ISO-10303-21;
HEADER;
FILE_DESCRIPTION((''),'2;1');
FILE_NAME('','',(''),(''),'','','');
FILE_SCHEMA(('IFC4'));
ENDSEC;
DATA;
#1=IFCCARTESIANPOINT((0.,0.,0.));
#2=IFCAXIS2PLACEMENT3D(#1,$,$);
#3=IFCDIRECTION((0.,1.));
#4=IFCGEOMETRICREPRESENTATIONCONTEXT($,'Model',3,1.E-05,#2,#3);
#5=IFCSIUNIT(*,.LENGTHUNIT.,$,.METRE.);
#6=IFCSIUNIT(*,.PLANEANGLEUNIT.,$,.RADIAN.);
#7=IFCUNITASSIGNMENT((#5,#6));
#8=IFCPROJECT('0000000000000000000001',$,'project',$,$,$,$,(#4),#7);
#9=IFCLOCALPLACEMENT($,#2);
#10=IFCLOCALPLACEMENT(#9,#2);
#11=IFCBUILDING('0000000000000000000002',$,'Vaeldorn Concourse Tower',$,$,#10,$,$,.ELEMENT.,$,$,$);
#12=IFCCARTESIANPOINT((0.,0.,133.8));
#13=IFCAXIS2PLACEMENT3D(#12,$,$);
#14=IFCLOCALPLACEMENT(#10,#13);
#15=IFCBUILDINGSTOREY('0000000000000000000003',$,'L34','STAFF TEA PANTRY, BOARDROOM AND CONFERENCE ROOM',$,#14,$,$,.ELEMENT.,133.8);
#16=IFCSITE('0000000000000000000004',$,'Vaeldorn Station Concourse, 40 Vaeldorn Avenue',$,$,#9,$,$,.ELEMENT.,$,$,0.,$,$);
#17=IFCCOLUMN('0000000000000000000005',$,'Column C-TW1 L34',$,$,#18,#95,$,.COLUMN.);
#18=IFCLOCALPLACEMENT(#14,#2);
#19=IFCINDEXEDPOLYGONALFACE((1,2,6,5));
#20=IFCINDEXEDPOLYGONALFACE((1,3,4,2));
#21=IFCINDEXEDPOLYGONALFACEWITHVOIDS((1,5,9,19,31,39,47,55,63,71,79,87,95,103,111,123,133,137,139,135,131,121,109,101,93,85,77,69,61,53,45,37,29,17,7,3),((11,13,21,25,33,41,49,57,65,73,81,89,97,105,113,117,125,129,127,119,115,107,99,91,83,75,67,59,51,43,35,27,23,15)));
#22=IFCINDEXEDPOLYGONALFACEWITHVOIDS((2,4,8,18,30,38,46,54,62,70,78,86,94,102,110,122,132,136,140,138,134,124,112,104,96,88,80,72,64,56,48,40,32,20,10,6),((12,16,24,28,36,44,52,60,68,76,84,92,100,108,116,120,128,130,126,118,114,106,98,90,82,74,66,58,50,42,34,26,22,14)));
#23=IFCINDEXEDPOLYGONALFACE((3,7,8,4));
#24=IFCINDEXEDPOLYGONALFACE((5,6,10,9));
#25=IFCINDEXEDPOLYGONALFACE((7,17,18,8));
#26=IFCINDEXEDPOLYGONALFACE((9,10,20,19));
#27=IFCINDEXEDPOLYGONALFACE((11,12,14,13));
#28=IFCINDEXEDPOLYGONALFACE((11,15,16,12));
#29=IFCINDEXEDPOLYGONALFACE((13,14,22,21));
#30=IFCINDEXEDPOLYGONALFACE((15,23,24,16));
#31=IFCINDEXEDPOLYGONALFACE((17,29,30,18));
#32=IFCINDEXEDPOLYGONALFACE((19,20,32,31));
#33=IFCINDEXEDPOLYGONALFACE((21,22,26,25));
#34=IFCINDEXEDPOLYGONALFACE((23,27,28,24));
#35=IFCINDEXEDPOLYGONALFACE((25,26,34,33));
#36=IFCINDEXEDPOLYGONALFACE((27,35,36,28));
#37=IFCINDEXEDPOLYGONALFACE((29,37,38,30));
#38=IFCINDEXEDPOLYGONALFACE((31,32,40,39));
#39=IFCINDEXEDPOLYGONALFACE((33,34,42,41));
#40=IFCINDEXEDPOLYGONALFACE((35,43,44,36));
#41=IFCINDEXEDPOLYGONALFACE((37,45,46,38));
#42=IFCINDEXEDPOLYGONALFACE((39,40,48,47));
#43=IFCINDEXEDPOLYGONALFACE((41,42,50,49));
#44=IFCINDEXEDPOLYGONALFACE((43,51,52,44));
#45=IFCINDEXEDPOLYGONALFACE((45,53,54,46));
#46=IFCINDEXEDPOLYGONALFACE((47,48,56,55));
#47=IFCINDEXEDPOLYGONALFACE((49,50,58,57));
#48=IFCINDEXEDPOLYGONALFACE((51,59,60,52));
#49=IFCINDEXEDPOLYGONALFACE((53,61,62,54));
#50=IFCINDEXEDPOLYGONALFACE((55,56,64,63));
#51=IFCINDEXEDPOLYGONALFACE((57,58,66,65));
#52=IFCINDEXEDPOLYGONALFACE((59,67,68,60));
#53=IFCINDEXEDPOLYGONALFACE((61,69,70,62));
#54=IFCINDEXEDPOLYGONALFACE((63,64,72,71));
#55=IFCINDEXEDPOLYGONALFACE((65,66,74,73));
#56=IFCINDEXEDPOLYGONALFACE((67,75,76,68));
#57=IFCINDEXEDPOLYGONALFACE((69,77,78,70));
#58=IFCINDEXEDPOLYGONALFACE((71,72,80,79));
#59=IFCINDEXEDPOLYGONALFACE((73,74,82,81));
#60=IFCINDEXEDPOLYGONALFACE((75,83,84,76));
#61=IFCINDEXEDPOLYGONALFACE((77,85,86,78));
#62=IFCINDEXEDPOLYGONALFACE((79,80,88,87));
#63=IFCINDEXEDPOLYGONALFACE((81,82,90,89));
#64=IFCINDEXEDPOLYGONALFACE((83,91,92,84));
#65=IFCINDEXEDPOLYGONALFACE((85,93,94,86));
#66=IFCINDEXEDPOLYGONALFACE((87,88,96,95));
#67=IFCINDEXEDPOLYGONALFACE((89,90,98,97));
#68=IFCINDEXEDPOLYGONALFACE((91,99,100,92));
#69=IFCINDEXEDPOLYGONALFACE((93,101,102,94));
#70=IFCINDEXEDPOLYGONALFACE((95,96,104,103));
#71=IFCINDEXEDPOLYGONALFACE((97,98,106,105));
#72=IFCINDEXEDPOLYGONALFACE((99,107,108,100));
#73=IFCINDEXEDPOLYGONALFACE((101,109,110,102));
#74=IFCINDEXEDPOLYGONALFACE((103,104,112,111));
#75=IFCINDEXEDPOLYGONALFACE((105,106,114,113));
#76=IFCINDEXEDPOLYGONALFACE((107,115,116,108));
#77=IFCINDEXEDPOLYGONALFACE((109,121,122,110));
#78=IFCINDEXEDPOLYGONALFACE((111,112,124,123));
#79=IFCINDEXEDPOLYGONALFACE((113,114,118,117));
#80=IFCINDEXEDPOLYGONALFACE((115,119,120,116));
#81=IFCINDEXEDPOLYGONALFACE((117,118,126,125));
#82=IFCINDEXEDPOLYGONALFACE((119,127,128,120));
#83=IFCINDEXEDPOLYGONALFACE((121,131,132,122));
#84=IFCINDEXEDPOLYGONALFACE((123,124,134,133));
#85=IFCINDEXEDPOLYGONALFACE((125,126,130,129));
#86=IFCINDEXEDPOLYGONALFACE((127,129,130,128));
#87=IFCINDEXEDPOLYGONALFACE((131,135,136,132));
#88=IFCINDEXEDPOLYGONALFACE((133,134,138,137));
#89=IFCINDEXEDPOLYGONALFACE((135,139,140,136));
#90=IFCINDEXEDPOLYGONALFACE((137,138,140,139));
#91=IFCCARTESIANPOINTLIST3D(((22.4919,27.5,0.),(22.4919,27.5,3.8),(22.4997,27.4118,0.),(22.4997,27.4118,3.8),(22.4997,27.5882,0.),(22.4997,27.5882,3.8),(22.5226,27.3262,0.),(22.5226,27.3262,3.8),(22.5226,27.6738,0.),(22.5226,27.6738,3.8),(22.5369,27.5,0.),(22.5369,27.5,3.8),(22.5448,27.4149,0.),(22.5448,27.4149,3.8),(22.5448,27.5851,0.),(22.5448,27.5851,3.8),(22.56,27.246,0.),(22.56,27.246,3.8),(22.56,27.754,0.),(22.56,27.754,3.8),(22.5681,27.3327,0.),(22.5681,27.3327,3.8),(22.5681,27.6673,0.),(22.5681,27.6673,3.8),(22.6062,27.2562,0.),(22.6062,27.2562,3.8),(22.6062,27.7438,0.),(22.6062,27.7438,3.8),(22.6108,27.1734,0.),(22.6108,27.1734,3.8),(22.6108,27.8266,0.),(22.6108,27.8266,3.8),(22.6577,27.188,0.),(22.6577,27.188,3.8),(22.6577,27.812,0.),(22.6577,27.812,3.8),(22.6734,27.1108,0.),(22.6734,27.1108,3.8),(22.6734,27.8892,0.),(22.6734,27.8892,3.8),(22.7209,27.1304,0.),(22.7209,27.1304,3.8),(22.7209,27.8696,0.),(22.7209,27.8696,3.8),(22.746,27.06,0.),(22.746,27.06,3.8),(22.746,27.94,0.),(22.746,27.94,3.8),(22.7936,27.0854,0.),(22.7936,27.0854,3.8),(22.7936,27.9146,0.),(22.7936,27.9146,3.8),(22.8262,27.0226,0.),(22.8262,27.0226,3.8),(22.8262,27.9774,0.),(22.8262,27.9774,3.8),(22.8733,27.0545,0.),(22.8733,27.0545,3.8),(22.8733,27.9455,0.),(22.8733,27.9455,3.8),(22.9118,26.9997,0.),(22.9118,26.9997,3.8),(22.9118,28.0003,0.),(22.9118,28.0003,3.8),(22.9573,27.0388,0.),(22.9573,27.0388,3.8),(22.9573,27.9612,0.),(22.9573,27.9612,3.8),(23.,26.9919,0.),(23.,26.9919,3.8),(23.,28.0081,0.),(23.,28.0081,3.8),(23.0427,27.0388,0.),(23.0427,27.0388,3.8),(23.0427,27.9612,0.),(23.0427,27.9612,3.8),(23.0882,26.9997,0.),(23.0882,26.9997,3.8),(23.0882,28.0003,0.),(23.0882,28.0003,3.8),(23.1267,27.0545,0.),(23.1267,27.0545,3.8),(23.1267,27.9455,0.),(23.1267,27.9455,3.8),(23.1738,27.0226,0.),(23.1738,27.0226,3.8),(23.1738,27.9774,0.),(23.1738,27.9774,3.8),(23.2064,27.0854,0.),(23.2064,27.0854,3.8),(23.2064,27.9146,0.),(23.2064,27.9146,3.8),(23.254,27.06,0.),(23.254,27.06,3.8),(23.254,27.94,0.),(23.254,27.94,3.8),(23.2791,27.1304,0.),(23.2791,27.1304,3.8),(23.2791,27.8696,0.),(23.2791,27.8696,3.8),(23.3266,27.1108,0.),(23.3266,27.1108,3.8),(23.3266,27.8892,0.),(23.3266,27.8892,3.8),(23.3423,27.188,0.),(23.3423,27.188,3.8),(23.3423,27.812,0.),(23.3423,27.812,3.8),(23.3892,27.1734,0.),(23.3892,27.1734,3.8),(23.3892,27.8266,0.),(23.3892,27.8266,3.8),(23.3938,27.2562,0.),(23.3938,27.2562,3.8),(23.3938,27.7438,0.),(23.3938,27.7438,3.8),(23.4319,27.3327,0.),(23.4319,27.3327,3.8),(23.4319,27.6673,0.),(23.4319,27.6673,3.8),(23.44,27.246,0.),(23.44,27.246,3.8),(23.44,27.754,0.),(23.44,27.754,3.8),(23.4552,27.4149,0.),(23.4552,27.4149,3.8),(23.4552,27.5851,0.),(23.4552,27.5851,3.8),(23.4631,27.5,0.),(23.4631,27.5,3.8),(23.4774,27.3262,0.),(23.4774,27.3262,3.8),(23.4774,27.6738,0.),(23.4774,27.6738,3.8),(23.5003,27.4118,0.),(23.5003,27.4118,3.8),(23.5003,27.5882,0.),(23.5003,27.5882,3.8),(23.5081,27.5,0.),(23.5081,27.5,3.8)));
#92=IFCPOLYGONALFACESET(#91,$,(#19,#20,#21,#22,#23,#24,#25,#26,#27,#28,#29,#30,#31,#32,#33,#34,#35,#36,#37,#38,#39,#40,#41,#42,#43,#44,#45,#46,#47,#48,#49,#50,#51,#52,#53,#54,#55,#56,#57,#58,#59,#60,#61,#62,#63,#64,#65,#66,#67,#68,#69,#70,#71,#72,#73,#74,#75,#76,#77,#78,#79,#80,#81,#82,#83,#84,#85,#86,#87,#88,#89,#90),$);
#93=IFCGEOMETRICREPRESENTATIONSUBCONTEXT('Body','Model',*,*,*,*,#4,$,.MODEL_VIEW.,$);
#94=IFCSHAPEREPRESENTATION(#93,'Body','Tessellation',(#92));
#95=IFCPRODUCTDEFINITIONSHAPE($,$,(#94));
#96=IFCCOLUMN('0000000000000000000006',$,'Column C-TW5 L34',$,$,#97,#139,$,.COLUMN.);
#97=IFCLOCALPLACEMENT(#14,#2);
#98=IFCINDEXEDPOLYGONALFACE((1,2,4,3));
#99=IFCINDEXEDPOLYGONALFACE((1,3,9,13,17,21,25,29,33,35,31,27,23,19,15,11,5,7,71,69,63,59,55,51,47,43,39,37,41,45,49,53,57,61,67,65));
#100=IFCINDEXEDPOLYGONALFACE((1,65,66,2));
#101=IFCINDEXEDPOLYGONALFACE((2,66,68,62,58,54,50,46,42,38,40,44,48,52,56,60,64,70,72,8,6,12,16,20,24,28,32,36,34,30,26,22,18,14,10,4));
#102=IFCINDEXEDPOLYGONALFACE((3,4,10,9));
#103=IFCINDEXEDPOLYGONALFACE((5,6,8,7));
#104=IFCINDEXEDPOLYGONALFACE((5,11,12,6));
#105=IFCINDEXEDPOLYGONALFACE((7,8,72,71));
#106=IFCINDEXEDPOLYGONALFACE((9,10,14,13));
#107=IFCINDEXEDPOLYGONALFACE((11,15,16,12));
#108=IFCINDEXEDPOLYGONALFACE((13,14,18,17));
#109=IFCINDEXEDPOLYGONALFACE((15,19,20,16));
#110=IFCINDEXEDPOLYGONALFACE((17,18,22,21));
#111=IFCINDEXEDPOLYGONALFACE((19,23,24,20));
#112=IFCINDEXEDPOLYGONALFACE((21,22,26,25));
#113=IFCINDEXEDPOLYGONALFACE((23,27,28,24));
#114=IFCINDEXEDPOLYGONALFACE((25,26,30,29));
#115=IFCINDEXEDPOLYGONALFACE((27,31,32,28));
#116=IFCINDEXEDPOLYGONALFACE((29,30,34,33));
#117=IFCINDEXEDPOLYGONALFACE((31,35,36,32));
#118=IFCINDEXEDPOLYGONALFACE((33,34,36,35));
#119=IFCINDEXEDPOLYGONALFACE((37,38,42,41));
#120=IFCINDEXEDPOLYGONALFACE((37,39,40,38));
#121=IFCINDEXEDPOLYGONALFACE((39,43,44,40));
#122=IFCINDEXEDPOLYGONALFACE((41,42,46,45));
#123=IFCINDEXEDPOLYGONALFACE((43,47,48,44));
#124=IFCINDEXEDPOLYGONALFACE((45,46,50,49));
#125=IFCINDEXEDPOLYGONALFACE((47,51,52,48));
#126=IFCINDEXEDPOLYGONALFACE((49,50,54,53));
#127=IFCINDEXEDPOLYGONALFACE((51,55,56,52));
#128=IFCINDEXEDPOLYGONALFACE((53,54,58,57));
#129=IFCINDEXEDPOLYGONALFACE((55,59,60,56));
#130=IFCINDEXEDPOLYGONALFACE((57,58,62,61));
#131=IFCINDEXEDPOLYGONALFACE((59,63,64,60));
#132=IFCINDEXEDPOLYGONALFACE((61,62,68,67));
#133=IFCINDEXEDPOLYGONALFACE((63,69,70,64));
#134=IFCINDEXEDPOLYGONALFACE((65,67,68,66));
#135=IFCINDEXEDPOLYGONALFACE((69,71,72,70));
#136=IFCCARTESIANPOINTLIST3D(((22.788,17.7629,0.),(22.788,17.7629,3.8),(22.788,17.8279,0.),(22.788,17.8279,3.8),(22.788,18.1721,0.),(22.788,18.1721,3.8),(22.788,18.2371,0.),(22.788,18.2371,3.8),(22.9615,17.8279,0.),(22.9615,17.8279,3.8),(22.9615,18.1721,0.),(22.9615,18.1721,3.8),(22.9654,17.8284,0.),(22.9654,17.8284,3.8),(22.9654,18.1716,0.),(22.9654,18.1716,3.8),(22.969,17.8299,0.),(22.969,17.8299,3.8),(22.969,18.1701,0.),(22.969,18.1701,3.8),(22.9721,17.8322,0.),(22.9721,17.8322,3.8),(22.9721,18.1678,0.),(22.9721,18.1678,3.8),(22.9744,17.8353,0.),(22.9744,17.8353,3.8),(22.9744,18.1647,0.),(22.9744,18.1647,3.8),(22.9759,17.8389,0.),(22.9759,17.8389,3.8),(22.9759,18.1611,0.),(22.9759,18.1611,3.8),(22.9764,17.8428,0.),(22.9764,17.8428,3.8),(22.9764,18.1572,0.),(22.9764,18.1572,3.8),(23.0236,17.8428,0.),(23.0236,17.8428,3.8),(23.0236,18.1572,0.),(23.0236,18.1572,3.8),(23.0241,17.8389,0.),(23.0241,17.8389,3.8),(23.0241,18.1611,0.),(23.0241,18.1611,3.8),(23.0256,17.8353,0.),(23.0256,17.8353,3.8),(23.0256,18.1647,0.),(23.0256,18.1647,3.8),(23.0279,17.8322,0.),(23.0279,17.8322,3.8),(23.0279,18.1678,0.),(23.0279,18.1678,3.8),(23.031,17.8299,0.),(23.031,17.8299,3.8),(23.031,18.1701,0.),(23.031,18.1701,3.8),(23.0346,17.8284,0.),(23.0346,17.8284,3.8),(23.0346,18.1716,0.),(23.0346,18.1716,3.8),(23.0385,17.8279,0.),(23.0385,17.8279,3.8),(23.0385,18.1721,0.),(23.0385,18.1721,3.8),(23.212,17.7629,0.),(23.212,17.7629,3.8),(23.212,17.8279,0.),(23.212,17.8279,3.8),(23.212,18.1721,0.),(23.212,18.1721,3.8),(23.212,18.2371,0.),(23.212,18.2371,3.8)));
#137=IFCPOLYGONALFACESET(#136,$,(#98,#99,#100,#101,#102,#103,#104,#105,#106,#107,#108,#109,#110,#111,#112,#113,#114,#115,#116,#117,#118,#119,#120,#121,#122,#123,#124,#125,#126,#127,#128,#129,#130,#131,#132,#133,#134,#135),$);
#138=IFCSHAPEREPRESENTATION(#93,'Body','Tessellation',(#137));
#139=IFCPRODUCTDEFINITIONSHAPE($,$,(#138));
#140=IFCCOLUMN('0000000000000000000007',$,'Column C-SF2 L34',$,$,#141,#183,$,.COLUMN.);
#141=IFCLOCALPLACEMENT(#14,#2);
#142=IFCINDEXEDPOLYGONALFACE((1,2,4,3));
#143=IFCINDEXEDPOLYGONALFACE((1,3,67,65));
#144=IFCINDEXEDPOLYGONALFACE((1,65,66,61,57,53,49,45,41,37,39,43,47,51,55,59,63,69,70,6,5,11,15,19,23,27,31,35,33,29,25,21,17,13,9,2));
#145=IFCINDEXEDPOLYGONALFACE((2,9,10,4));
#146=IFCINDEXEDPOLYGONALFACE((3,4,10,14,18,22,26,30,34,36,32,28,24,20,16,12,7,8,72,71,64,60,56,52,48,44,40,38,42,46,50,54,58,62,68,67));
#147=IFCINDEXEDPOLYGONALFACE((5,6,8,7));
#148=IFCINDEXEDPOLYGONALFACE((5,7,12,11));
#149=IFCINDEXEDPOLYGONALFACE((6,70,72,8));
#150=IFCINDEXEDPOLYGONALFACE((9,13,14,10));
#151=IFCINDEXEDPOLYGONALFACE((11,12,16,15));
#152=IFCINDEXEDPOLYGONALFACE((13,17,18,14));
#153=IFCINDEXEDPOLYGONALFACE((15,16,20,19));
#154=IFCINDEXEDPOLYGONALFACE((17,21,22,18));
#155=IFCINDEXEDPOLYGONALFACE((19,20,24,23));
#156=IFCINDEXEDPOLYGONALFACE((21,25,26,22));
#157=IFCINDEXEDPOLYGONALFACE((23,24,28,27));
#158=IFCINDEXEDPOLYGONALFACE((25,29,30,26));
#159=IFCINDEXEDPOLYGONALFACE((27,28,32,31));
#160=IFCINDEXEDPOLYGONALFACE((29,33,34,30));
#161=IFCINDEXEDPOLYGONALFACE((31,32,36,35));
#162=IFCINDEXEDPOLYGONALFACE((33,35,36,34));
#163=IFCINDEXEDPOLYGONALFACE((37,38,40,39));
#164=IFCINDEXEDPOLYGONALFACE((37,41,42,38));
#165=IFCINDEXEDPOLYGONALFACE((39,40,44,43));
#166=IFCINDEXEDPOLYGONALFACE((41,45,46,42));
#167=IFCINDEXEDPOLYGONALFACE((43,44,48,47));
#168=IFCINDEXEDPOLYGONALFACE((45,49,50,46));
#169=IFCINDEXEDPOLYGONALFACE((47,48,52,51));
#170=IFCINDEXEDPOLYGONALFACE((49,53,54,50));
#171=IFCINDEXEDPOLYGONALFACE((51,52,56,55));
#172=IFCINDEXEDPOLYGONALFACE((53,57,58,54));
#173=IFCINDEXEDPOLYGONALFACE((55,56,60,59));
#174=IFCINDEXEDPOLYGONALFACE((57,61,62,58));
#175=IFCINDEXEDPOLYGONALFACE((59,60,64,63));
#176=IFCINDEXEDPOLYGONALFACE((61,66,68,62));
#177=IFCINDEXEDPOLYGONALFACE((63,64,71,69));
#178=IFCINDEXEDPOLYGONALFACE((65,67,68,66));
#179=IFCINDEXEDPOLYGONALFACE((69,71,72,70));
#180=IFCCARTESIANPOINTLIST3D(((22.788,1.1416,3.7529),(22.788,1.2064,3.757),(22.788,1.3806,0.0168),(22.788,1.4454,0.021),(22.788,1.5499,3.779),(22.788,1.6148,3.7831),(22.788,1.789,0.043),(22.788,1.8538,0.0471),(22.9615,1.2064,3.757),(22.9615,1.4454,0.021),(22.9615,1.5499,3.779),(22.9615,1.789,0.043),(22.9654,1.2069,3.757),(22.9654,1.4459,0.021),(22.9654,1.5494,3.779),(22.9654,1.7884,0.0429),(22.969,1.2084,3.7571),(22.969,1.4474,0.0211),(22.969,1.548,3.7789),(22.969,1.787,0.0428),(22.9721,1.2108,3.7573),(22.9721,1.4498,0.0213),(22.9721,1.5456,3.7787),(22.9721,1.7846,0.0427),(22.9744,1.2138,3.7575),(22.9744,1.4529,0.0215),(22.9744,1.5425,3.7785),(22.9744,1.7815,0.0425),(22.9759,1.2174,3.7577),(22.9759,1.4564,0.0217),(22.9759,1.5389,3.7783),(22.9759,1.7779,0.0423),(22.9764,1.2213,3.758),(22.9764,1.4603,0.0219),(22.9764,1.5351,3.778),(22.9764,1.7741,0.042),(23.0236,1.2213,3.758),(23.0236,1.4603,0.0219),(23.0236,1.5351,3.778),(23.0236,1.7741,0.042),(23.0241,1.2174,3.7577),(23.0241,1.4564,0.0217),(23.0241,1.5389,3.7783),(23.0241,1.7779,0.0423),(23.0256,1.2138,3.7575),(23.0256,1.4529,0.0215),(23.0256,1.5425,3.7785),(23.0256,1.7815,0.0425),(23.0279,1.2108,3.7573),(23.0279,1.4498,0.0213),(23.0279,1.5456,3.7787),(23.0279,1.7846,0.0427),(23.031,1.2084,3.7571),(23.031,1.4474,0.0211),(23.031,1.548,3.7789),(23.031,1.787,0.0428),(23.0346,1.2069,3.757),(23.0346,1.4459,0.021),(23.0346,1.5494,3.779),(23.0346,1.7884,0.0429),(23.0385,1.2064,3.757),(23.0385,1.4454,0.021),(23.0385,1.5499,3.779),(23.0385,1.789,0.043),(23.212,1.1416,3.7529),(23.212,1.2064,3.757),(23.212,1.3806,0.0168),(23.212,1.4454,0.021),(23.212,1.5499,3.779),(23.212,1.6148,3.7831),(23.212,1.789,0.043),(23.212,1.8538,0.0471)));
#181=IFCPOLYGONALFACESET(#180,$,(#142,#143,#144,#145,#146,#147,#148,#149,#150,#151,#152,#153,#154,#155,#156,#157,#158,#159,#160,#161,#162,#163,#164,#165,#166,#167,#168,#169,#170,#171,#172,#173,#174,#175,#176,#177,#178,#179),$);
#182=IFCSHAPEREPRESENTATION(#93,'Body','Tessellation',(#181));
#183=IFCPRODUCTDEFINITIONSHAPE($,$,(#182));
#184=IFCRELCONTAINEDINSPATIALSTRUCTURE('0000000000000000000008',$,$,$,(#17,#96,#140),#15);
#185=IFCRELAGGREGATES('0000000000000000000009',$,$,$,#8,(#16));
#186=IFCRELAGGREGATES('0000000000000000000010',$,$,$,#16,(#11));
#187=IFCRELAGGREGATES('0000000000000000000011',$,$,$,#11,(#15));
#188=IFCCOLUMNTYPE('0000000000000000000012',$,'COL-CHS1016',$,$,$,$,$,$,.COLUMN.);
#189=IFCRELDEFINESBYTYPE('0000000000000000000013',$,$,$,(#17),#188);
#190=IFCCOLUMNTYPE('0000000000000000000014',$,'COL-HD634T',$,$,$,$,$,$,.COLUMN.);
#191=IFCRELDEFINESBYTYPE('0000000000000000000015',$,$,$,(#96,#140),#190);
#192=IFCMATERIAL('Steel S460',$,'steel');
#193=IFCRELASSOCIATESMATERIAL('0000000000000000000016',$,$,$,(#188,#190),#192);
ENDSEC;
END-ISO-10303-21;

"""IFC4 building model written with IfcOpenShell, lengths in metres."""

from ifc_helpers import new_model, si_unit, direction, frame, origin, origin_2d, place, context, subcontext, project, spatial, hollow_circle, i_section, extrude, source, transform, mapped, material, material_profile, profile_set, type_object, element, save


model = new_model("IFC4")

# Units and contexts
model_context = context("Model", 3, precision=1e-05, world=origin(), true_north=direction((0.0, 1.0)))
body_context = subcontext(model_context, "Body", "Model", "MODEL_VIEW")
ifc_project = project(units=[si_unit("LENGTHUNIT", "METRE"), si_unit("PLANEANGLEUNIT", "RADIAN")], contexts=[model_context])

# Site, building, storey
site_placement = place(None, origin())
site = spatial("IfcSite", under=ifc_project, at=site_placement, Name="Vaeldorn Station Concourse, 40 Vaeldorn Avenue", CompositionType="ELEMENT", RefElevation=0.0)
building_placement = place(site_placement, origin())
building = spatial("IfcBuilding", under=site, at=building_placement, Name="Vaeldorn Concourse Tower", CompositionType="ELEMENT")
storey_placement = place(building_placement, frame((0.0, 0.0, 133.8)))
storey = spatial("IfcBuildingStorey", under=building, at=storey_placement, Name="L34", Description="STAFF TEA PANTRY, BOARDROOM AND CONFERENCE ROOM", CompositionType="ELEMENT", Elevation=133.8)

# Columns
ifc_material_1 = material(Name="Steel S460", Category="steel")
ifc_material_profile_1 = material_profile(ifc_material_1, hollow_circle(Radius=0.5081, WallThickness=0.0449, at=origin_2d()), Name="CHS 1016x45")
ifc_profile_set_1 = profile_set([ifc_material_profile_1], Name="Steel S460")
column_type_1 = type_object("IfcColumnType", Name="COL-CHS1016", PredefinedType="COLUMN", material=ifc_profile_set_1)
shared_shape_1 = source(origin(), body_context, "Body", "SweptSolid", [
    extrude(hollow_circle(Radius=0.5081, WallThickness=0.0449, at=origin_2d()), origin(), (0.0, 0.0, 1.0), 3.8),
])
column_1_placement = place(storey_placement, frame((23.0, 27.5, 0.0), z_axis=(0.0, 0.0, 1.0), x_axis=(1.0, 0.0, 0.0)))
element("IfcColumn", 1, at=column_1_placement, inside=storey, type_object=column_type_1, Name="Column C-TW1 L34", PredefinedType="COLUMN", context=body_context, shape_type="MappedRepresentation", body=[
    mapped(shared_shape_1, transform((0.0, 0.0, 0.0), scale=1.0)),
])
ifc_material_profile_2 = material_profile(ifc_material_1, i_section(OverallWidth=0.4241, OverallDepth=0.4741, WebThickness=0.0471, FlangeThickness=0.0649, FilletRadius=0.0149, at=origin_2d()), Name="HD 400x634")
ifc_profile_set_2 = profile_set([ifc_material_profile_2], Name="Steel S460")
column_type_2 = type_object("IfcColumnType", Name="COL-HD634T", PredefinedType="COLUMN", material=ifc_profile_set_2)
shared_shape_2 = source(origin(), body_context, "Body", "SweptSolid", [
    extrude(i_section(OverallWidth=0.4241, OverallDepth=0.4741, WebThickness=0.0471, FlangeThickness=0.0649, FilletRadius=0.0149, at=origin_2d()), origin(), (0.0, 0.0, 1.0), 3.8),
])
column_2_placement = place(storey_placement, frame((23.0, 18.0, 0.0), z_axis=(0.0, 0.0, 1.0), x_axis=(1.0, 0.0, 0.0)))
element("IfcColumn", 2, at=column_2_placement, inside=storey, type_object=column_type_2, Name="Column C-TW5 L34", PredefinedType="COLUMN", context=body_context, shape_type="MappedRepresentation", body=[
    mapped(shared_shape_2, transform((0.0, 0.0, 0.0), scale=1.0)),
])
shared_shape_3 = source(origin(), body_context, "Body", "SweptSolid", [
    extrude(i_section(OverallWidth=0.4241, OverallDepth=0.4741, WebThickness=0.0471, FlangeThickness=0.0649, FilletRadius=0.0149, at=origin_2d()), origin(), (0.0, 0.0, 1.0), 3.7437),
])
for number, where, z_axis, x_axis, name in (
    (3, (23.0, 1.6172, 0.032), (0.0, -0.063844, 0.99796), (1.0, 0.0, 0.0), "Column C-SF2 L34"),
):
    element("IfcColumn", number, at=place(storey_placement, frame(where, z_axis=z_axis, x_axis=x_axis)), inside=storey, type_object=column_type_2, Name=name, PredefinedType="COLUMN", context=body_context, shape_type="MappedRepresentation", body=[
        mapped(shared_shape_3, transform((0.0, 0.0, 0.0), scale=1.0)),
    ])

save(model, "model.ifc")
